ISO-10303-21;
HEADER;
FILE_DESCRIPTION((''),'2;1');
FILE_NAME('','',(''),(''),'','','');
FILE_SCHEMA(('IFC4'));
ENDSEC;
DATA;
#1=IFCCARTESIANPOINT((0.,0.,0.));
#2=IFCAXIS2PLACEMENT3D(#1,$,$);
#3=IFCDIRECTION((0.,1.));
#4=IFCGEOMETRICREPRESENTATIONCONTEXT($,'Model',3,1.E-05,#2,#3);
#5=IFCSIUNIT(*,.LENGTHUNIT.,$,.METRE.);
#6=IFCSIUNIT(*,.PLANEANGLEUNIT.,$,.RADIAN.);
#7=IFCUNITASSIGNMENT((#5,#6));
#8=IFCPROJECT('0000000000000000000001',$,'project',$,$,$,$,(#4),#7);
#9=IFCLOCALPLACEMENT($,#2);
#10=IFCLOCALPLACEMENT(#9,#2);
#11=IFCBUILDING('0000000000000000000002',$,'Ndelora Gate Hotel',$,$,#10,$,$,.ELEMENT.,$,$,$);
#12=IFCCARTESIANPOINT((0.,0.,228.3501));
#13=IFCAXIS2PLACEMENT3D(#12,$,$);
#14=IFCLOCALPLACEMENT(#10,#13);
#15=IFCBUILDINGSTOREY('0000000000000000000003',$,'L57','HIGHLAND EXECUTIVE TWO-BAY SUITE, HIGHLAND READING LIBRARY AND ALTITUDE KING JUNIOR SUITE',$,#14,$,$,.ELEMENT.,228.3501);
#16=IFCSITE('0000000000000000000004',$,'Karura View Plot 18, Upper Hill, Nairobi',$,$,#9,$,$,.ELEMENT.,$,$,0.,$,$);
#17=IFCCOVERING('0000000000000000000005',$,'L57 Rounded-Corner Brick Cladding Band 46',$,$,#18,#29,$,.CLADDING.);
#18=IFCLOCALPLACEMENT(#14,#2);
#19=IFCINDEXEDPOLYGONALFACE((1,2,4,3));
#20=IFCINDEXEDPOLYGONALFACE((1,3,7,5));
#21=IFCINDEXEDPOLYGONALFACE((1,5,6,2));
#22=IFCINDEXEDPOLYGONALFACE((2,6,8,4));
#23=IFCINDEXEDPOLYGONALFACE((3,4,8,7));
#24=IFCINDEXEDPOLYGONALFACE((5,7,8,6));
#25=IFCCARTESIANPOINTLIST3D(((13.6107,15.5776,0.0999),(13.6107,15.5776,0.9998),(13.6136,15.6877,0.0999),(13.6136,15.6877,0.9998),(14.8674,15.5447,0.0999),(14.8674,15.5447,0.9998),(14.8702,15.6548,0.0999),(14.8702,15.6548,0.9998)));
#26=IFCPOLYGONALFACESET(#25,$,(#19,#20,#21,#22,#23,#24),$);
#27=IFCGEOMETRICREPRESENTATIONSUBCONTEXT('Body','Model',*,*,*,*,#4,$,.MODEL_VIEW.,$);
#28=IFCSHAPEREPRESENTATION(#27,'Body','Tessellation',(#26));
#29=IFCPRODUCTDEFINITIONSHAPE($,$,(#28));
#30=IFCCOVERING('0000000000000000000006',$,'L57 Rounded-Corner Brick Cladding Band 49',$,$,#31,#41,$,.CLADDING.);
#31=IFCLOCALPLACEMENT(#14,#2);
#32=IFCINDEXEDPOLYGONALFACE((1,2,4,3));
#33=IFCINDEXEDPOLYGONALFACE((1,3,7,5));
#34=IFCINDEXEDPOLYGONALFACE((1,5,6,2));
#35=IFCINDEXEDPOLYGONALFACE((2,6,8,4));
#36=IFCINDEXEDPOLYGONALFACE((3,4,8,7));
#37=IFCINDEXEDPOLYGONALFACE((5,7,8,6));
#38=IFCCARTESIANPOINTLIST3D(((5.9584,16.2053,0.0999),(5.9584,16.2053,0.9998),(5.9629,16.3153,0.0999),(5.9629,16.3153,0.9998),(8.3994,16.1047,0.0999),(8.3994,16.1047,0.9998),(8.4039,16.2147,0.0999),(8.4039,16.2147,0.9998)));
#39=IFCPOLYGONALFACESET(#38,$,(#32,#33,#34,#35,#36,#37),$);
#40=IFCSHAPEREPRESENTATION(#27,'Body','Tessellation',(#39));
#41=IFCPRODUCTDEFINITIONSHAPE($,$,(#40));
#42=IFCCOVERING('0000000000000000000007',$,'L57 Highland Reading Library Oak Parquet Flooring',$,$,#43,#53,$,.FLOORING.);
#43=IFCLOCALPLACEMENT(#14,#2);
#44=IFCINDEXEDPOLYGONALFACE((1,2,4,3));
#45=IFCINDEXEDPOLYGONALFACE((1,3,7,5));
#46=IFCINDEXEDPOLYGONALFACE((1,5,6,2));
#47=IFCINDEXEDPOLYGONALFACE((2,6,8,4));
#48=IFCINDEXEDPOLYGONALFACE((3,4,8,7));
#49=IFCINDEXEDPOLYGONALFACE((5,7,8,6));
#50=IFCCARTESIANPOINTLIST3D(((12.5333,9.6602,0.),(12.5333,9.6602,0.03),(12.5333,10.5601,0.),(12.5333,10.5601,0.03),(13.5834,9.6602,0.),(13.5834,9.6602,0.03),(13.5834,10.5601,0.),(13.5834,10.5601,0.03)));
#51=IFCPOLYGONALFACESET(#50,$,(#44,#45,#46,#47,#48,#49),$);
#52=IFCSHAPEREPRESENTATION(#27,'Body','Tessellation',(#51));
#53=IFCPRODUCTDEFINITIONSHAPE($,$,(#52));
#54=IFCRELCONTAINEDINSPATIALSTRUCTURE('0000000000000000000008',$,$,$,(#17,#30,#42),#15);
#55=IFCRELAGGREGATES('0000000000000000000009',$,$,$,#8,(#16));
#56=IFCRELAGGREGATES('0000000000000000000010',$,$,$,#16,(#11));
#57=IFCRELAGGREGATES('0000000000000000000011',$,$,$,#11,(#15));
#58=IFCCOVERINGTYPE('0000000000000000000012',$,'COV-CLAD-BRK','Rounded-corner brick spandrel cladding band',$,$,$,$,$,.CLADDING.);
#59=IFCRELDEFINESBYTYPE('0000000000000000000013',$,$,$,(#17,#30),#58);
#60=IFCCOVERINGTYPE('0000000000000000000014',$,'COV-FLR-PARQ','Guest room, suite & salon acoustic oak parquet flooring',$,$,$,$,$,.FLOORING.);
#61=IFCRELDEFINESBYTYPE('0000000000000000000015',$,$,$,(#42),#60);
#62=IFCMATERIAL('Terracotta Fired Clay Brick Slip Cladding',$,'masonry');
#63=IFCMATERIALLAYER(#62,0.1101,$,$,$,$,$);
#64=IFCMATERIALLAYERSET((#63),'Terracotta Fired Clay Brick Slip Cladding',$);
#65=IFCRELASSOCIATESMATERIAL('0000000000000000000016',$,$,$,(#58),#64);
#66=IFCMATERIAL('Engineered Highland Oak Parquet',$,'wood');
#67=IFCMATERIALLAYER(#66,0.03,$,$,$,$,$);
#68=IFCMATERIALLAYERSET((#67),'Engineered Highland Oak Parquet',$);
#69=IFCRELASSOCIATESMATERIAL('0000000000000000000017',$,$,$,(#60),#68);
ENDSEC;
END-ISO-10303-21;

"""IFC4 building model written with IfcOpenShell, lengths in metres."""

from ifc_helpers import new_model, si_unit, direction, frame, origin, origin_2d, place, context, subcontext, project, spatial, rectangle, extrude, material, layer, layer_set, type_object, element, save


model = new_model("IFC4")

# Units and contexts
model_context = context("Model", 3, precision=1e-05, world=origin(), true_north=direction((0.0, 1.0)))
body_context = subcontext(model_context, "Body", "Model", "MODEL_VIEW")
ifc_project = project(units=[si_unit("LENGTHUNIT", "METRE"), si_unit("PLANEANGLEUNIT", "RADIAN")], contexts=[model_context])

# Site, building, storey
site_placement = place(None, origin())
site = spatial("IfcSite", under=ifc_project, at=site_placement, Name="Karura View Plot 18, Upper Hill, Nairobi", CompositionType="ELEMENT", RefElevation=0.0)
building_placement = place(site_placement, origin())
building = spatial("IfcBuilding", under=site, at=building_placement, Name="Ndelora Gate Hotel", CompositionType="ELEMENT")
storey_placement = place(building_placement, frame((0.0, 0.0, 228.3501)))
storey = spatial("IfcBuildingStorey", under=building, at=storey_placement, Name="L57", Description="HIGHLAND EXECUTIVE TWO-BAY SUITE, HIGHLAND READING LIBRARY AND ALTITUDE KING JUNIOR SUITE", CompositionType="ELEMENT", Elevation=228.3501)

# Coverings
ifc_material_1 = material(Name="Terracotta Fired Clay Brick Slip Cladding", Category="masonry")
ifc_layer_1 = layer(ifc_material_1, 0.1101)
ifc_layer_set_1 = layer_set([ifc_layer_1], Name="Terracotta Fired Clay Brick Slip Cladding")
covering_type_1 = type_object("IfcCoveringType", Name="COV-CLAD-BRK", Description="Rounded-corner brick spandrel cladding band", PredefinedType="CLADDING", material=ifc_layer_set_1)
for number, where, z_axis, x_axis, name in (
    (1, (14.2405, 15.6162, 0.0999), (0.0, 0.0, 1.0), (-0.999657, 0.026177, 0.0), "L57 Rounded-Corner Brick Cladding Band 46"),
):
    element("IfcCovering", number, at=place(storey_placement, frame(where, z_axis=z_axis, x_axis=x_axis)), inside=storey, type_object=covering_type_1, Name=name, PredefinedType="CLADDING", context=body_context, shape_type="SweptSolid", body=[
        extrude(rectangle(XDim=1.2571, YDim=0.1101, at=origin_2d()), origin(), (0.0, 0.0, 1.0), 0.8999),
    ])
covering_1_placement = place(storey_placement, frame((7.1812, 16.21, 0.0999), z_axis=(0.0, 0.0, 1.0), x_axis=(-0.999152, 0.041178, 0.0)))
element("IfcCovering", 2, at=covering_1_placement, inside=storey, type_object=covering_type_1, Name="L57 Rounded-Corner Brick Cladding Band 49", PredefinedType="CLADDING", context=body_context, shape_type="SweptSolid", body=[
    extrude(rectangle(XDim=2.4431, YDim=0.1101, at=origin_2d()), origin(), (0.0, 0.0, 1.0), 0.8999),
])
ifc_material_2 = material(Name="Engineered Highland Oak Parquet", Category="wood")
ifc_layer_2 = layer(ifc_material_2, 0.03)
ifc_layer_set_2 = layer_set([ifc_layer_2], Name="Engineered Highland Oak Parquet")
covering_type_2 = type_object("IfcCoveringType", Name="COV-FLR-PARQ", Description="Guest room, suite & salon acoustic oak parquet flooring", PredefinedType="FLOORING", material=ifc_layer_set_2)
covering_2_placement = place(storey_placement, frame((13.0583, 10.1101, 0.0), z_axis=(0.0, 0.0, 1.0), x_axis=(1.0, 0.0, 0.0)))
element("IfcCovering", 3, at=covering_2_placement, inside=storey, type_object=covering_type_2, Name="L57 Highland Reading Library Oak Parquet Flooring", PredefinedType="FLOORING", context=body_context, shape_type="SweptSolid", body=[
    extrude(rectangle(XDim=1.05, YDim=0.8999, at=origin_2d()), origin(), (0.0, 0.0, 1.0), 0.03),
])

save(model, "model.ifc")
